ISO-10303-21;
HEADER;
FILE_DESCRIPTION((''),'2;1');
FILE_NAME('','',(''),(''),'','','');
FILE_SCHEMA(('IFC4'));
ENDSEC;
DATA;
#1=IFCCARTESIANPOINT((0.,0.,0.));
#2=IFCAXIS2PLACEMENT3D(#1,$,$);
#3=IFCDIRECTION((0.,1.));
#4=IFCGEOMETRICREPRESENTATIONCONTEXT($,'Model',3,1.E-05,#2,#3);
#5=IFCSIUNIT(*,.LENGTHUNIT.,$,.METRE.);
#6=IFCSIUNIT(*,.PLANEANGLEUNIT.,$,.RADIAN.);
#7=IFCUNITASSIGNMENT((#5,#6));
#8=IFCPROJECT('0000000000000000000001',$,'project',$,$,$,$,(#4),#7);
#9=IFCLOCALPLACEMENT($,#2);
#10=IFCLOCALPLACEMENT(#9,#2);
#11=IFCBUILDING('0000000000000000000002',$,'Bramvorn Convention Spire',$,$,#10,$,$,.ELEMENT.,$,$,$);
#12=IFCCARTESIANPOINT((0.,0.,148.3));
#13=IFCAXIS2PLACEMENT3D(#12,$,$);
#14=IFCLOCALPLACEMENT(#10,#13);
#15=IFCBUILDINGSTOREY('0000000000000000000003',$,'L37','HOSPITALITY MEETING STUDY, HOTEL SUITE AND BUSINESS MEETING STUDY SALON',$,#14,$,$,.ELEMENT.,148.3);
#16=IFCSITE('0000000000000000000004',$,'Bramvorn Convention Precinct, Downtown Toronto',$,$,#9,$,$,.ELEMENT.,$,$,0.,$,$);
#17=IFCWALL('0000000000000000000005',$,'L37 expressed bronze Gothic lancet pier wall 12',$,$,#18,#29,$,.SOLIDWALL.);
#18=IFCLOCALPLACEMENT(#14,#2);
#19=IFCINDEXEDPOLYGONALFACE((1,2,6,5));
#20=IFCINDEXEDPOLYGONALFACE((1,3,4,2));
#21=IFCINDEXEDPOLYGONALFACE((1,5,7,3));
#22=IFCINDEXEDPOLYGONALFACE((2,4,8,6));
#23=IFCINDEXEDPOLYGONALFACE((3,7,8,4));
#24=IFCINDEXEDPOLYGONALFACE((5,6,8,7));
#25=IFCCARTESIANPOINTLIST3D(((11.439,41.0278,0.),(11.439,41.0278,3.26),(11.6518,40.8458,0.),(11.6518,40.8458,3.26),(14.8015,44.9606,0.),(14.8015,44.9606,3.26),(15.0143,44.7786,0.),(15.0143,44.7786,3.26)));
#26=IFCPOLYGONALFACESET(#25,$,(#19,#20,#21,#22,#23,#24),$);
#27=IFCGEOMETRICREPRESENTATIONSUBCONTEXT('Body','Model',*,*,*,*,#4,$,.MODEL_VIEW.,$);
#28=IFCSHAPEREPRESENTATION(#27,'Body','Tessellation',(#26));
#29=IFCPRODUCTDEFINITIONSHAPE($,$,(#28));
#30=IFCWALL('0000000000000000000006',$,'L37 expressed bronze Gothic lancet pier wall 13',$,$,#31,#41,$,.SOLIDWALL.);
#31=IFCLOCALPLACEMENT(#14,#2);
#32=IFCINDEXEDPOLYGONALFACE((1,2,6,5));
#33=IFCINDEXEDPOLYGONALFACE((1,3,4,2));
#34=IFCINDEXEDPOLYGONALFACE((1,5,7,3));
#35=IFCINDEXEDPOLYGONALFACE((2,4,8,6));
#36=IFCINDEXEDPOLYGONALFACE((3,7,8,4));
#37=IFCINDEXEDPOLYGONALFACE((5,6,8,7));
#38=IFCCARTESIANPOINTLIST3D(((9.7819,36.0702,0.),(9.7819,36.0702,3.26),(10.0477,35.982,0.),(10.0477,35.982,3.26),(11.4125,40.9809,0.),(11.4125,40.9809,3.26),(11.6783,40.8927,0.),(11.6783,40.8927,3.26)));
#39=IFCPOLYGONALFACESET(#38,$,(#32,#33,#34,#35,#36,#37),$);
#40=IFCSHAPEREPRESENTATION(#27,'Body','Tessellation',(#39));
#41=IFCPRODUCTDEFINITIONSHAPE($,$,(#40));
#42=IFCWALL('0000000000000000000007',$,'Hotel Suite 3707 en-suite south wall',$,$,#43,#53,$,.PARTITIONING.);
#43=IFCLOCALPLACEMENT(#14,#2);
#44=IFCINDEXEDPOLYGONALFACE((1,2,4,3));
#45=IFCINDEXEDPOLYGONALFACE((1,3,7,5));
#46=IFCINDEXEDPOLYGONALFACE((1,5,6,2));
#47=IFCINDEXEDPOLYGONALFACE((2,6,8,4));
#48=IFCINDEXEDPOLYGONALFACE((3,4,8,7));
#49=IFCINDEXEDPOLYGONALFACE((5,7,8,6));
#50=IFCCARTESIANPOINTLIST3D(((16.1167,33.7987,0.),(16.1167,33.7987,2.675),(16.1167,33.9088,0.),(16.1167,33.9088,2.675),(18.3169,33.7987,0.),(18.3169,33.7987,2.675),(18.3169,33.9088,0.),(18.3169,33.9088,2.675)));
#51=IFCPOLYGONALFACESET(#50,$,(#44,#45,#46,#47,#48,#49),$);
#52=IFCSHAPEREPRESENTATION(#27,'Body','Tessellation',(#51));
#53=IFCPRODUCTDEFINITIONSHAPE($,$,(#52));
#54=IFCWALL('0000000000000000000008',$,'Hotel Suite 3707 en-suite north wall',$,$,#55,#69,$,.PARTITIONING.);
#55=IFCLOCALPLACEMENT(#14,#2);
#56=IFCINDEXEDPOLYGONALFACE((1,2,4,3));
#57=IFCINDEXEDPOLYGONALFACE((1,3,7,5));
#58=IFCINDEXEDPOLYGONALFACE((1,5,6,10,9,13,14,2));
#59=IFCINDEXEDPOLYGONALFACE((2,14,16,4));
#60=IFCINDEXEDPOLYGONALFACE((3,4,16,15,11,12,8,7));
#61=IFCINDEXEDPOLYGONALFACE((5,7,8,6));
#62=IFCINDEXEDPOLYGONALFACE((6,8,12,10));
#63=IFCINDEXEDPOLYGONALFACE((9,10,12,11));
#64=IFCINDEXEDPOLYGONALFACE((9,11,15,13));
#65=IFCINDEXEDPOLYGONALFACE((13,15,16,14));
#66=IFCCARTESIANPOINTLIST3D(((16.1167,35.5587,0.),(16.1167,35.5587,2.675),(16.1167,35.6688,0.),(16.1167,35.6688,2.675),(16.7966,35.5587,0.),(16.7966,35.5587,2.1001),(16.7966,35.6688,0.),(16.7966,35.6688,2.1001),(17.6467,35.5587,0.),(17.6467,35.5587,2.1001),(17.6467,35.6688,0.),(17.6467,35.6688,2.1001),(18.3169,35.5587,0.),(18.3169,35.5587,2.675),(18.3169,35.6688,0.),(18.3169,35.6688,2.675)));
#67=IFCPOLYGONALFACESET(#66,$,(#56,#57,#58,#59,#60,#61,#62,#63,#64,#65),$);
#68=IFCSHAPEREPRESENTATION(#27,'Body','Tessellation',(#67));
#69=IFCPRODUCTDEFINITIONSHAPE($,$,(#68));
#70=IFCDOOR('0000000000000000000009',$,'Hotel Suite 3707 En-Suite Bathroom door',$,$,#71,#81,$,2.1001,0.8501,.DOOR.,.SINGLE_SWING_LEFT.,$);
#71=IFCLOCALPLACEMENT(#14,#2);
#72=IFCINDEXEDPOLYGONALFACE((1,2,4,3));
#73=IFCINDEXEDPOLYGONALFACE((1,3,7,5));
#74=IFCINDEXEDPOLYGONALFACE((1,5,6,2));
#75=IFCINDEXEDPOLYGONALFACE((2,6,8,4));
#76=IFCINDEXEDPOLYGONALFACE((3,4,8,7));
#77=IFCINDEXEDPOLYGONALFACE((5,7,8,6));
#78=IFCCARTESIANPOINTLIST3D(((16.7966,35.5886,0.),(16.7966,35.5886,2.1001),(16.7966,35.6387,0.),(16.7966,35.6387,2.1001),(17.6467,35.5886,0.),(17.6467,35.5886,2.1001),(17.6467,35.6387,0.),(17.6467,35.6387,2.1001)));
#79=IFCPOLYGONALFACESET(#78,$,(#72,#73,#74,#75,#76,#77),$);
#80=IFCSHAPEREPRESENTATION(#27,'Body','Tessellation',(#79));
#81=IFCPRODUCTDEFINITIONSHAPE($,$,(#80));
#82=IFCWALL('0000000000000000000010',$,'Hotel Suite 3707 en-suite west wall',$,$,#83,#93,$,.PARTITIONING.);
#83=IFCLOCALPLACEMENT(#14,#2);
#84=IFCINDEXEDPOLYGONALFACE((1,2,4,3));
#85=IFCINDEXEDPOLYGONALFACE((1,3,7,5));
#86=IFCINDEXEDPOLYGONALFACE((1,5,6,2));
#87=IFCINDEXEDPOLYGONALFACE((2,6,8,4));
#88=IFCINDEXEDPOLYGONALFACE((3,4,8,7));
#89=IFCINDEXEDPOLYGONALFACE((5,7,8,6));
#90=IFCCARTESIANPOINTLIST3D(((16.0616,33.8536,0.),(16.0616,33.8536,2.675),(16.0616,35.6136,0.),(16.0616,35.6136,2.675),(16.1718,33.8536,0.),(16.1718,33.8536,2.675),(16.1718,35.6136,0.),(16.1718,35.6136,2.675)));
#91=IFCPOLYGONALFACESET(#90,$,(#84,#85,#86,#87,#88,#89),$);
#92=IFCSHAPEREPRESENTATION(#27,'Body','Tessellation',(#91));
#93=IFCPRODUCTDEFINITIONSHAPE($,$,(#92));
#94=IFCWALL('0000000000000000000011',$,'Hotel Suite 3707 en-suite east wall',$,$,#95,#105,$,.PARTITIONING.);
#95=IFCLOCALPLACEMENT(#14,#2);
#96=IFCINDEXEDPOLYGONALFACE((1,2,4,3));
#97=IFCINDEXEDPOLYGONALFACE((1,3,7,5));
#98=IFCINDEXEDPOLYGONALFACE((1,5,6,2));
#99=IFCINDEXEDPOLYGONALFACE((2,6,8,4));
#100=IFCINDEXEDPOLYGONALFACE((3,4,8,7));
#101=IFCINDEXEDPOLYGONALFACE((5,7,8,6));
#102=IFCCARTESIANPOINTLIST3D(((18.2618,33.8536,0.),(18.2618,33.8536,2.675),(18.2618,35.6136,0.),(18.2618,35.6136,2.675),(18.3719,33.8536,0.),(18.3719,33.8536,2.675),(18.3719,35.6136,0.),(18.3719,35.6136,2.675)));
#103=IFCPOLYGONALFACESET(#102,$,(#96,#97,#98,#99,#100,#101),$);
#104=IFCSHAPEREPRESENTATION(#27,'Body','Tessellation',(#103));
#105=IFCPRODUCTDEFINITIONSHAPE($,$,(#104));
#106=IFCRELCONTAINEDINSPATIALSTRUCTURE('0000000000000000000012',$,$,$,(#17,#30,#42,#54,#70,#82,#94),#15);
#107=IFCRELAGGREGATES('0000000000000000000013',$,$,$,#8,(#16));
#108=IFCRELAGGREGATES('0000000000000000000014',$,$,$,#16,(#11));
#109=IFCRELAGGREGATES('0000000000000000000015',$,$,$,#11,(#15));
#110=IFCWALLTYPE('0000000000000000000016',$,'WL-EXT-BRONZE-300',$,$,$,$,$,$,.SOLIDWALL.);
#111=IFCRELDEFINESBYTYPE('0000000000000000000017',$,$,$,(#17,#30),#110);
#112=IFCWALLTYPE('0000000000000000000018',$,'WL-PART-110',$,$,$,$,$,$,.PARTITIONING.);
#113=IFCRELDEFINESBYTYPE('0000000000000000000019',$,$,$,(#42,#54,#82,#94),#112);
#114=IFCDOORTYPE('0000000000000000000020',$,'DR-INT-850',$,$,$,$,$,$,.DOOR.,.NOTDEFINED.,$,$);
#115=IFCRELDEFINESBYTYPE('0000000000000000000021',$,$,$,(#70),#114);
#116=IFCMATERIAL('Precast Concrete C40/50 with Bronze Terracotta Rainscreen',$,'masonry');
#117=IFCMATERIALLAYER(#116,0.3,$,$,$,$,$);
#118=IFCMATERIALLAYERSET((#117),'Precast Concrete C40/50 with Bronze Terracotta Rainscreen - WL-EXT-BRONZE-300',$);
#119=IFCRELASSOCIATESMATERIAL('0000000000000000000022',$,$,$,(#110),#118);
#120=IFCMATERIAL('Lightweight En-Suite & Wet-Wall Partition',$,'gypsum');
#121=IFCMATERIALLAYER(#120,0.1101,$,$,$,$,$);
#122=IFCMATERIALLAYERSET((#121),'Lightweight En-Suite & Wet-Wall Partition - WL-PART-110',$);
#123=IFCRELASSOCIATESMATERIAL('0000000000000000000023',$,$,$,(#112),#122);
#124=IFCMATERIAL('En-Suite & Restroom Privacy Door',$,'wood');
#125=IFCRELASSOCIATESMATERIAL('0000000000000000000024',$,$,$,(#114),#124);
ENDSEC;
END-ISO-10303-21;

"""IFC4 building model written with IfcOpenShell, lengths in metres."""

from ifc_helpers import new_model, si_unit, direction, frame, frame_2d, origin, place, context, subcontext, project, spatial, rectangle, extrude, material, layer, layer_set, type_object, element, fill, save


model = new_model("IFC4")

# Units and contexts
model_context = context("Model", 3, precision=1e-05, world=origin(), true_north=direction((0.0, 1.0)))
body_context = subcontext(model_context, "Body", "Model", "MODEL_VIEW")
ifc_project = project(units=[si_unit("LENGTHUNIT", "METRE"), si_unit("PLANEANGLEUNIT", "RADIAN")], contexts=[model_context])

# Site, building, storey
site_placement = place(None, origin())
site = spatial("IfcSite", under=ifc_project, at=site_placement, Name="Bramvorn Convention Precinct, Downtown Toronto", CompositionType="ELEMENT", RefElevation=0.0)
building_placement = place(site_placement, origin())
building = spatial("IfcBuilding", under=site, at=building_placement, Name="Bramvorn Convention Spire", CompositionType="ELEMENT")
storey_placement = place(building_placement, frame((0.0, 0.0, 148.3)))
storey = spatial("IfcBuildingStorey", under=building, at=storey_placement, Name="L37", Description="HOSPITALITY MEETING STUDY, HOTEL SUITE AND BUSINESS MEETING STUDY SALON", CompositionType="ELEMENT", Elevation=148.3)

# Walls
ifc_material_1 = material(Name="Precast Concrete C40/50 with Bronze Terracotta Rainscreen", Category="masonry")
ifc_layer_1 = layer(ifc_material_1, 0.3)
ifc_layer_set_1 = layer_set([ifc_layer_1], Name="Precast Concrete C40/50 with Bronze Terracotta Rainscreen - WL-EXT-BRONZE-300")
wall_type_1 = type_object("IfcWallType", Name="WL-EXT-BRONZE-300", PredefinedType="SOLIDWALL", material=ifc_layer_set_1)
for number, where, z_axis, x_axis, name in (
    (1, (11.5454, 40.9368, 0.0), (0.0, 0.0, 1.0), (0.649847, 0.760065, 0.0), "L37 expressed bronze Gothic lancet pier wall 12"),
    (2, (9.9148, 36.0261, 0.0), (0.0, 0.0, 1.0), (0.315138, 0.949046, 0.0), "L37 expressed bronze Gothic lancet pier wall 13"),
):
    element("IfcWall", number, at=place(storey_placement, frame(where, z_axis=z_axis, x_axis=x_axis)), inside=storey, type_object=wall_type_1, Name=name, PredefinedType="SOLIDWALL", context=body_context, shape_type="SweptSolid", body=[
        extrude(rectangle(XDim=5.1743, YDim=0.28, at=frame_2d((2.5872, 0.0))), origin(), (0.0, 0.0, 1.0), 3.26),
    ])
ifc_material_2 = material(Name="Lightweight En-Suite & Wet-Wall Partition", Category="gypsum")
ifc_layer_2 = layer(ifc_material_2, 0.1101)
ifc_layer_set_2 = layer_set([ifc_layer_2], Name="Lightweight En-Suite & Wet-Wall Partition - WL-PART-110")
wall_type_2 = type_object("IfcWallType", Name="WL-PART-110", PredefinedType="PARTITIONING", material=ifc_layer_set_2)
wall_1_placement = place(storey_placement, frame((16.1167, 33.8538, 0.0), z_axis=(0.0, 0.0, 1.0), x_axis=(1.0, 0.0, 0.0)))
element("IfcWall", 3, at=wall_1_placement, inside=storey, type_object=wall_type_2, Name="Hotel Suite 3707 en-suite south wall", PredefinedType="PARTITIONING", context=body_context, shape_type="SweptSolid", body=[
    extrude(rectangle(XDim=2.2002, YDim=0.1101, at=frame_2d((1.1001, 0.0))), origin(), (0.0, 0.0, 1.0), 2.675),
])

# Wall, opening, door
wall_2_placement = place(storey_placement, frame((16.1167, 35.6138, 0.0), z_axis=(0.0, 0.0, 1.0), x_axis=(1.0, 0.0, 0.0)))
wall_2 = element("IfcWall", 4, at=wall_2_placement, inside=storey, type_object=wall_type_2, Name="Hotel Suite 3707 en-suite north wall", PredefinedType="PARTITIONING", context=body_context, shape_type="SweptSolid", body=[
    extrude(rectangle(XDim=2.2002, YDim=0.1101, at=frame_2d((1.1001, 0.0))), origin(), (0.0, 0.0, 1.0), 2.675),
])
opening_placement = place(wall_2_placement, frame((0.6799, 0.0, 0.0)))
opening = element("IfcOpeningElement", 5, at=opening_placement, cuts=wall_2, PredefinedType="OPENING", context=body_context, shape_type="SweptSolid", body=[
    extrude(rectangle(XDim=0.8501, YDim=2.1001, at=frame_2d((0.425, 1.05))), frame((0.0, 0.0649, 0.0), z_axis=(0.0, -1.0, 0.0), x_axis=(1.0, 0.0, 0.0)), (0.0, 0.0, 1.0), 0.1301),
])
ifc_material_3 = material(Name="En-Suite & Restroom Privacy Door", Category="wood")
door_type = type_object("IfcDoorType", Name="DR-INT-850", OperationType="NOTDEFINED", PredefinedType="DOOR", material=ifc_material_3)
door_placement = place(opening_placement, origin())
door = element("IfcDoor", 6, at=door_placement, inside=storey, type_object=door_type, Name="Hotel Suite 3707 En-Suite Bathroom door", OperationType="SINGLE_SWING_LEFT", OverallHeight=2.1001, OverallWidth=0.8501, PredefinedType="DOOR", context=body_context, shape_type="SweptSolid", body=[
    extrude(rectangle(XDim=0.8501, YDim=2.1001, at=frame_2d((0.425, 1.05))), frame((0.0, 0.0249, 0.0), z_axis=(0.0, -1.0, 0.0), x_axis=(1.0, 0.0, 0.0)), (0.0, 0.0, 1.0), 0.05),
])
fill(opening, door)

# Walls
for number, where, z_axis, x_axis, name in (
    (7, (16.1167, 33.8538, 0.0), (0.0, 0.0, 1.0), (0.0, 1.0, 0.0), "Hotel Suite 3707 en-suite west wall"),
    (8, (18.3169, 33.8538, 0.0), (0.0, 0.0, 1.0), (0.0, 1.0, 0.0), "Hotel Suite 3707 en-suite east wall"),
):
    element("IfcWall", number, at=place(storey_placement, frame(where, z_axis=z_axis, x_axis=x_axis)), inside=storey, type_object=wall_type_2, Name=name, PredefinedType="PARTITIONING", context=body_context, shape_type="SweptSolid", body=[
        extrude(rectangle(XDim=1.76, YDim=0.1101, at=frame_2d((0.8799, 0.0))), origin(), (0.0, 0.0, 1.0), 2.675),
    ])

save(model, "model.ifc")
